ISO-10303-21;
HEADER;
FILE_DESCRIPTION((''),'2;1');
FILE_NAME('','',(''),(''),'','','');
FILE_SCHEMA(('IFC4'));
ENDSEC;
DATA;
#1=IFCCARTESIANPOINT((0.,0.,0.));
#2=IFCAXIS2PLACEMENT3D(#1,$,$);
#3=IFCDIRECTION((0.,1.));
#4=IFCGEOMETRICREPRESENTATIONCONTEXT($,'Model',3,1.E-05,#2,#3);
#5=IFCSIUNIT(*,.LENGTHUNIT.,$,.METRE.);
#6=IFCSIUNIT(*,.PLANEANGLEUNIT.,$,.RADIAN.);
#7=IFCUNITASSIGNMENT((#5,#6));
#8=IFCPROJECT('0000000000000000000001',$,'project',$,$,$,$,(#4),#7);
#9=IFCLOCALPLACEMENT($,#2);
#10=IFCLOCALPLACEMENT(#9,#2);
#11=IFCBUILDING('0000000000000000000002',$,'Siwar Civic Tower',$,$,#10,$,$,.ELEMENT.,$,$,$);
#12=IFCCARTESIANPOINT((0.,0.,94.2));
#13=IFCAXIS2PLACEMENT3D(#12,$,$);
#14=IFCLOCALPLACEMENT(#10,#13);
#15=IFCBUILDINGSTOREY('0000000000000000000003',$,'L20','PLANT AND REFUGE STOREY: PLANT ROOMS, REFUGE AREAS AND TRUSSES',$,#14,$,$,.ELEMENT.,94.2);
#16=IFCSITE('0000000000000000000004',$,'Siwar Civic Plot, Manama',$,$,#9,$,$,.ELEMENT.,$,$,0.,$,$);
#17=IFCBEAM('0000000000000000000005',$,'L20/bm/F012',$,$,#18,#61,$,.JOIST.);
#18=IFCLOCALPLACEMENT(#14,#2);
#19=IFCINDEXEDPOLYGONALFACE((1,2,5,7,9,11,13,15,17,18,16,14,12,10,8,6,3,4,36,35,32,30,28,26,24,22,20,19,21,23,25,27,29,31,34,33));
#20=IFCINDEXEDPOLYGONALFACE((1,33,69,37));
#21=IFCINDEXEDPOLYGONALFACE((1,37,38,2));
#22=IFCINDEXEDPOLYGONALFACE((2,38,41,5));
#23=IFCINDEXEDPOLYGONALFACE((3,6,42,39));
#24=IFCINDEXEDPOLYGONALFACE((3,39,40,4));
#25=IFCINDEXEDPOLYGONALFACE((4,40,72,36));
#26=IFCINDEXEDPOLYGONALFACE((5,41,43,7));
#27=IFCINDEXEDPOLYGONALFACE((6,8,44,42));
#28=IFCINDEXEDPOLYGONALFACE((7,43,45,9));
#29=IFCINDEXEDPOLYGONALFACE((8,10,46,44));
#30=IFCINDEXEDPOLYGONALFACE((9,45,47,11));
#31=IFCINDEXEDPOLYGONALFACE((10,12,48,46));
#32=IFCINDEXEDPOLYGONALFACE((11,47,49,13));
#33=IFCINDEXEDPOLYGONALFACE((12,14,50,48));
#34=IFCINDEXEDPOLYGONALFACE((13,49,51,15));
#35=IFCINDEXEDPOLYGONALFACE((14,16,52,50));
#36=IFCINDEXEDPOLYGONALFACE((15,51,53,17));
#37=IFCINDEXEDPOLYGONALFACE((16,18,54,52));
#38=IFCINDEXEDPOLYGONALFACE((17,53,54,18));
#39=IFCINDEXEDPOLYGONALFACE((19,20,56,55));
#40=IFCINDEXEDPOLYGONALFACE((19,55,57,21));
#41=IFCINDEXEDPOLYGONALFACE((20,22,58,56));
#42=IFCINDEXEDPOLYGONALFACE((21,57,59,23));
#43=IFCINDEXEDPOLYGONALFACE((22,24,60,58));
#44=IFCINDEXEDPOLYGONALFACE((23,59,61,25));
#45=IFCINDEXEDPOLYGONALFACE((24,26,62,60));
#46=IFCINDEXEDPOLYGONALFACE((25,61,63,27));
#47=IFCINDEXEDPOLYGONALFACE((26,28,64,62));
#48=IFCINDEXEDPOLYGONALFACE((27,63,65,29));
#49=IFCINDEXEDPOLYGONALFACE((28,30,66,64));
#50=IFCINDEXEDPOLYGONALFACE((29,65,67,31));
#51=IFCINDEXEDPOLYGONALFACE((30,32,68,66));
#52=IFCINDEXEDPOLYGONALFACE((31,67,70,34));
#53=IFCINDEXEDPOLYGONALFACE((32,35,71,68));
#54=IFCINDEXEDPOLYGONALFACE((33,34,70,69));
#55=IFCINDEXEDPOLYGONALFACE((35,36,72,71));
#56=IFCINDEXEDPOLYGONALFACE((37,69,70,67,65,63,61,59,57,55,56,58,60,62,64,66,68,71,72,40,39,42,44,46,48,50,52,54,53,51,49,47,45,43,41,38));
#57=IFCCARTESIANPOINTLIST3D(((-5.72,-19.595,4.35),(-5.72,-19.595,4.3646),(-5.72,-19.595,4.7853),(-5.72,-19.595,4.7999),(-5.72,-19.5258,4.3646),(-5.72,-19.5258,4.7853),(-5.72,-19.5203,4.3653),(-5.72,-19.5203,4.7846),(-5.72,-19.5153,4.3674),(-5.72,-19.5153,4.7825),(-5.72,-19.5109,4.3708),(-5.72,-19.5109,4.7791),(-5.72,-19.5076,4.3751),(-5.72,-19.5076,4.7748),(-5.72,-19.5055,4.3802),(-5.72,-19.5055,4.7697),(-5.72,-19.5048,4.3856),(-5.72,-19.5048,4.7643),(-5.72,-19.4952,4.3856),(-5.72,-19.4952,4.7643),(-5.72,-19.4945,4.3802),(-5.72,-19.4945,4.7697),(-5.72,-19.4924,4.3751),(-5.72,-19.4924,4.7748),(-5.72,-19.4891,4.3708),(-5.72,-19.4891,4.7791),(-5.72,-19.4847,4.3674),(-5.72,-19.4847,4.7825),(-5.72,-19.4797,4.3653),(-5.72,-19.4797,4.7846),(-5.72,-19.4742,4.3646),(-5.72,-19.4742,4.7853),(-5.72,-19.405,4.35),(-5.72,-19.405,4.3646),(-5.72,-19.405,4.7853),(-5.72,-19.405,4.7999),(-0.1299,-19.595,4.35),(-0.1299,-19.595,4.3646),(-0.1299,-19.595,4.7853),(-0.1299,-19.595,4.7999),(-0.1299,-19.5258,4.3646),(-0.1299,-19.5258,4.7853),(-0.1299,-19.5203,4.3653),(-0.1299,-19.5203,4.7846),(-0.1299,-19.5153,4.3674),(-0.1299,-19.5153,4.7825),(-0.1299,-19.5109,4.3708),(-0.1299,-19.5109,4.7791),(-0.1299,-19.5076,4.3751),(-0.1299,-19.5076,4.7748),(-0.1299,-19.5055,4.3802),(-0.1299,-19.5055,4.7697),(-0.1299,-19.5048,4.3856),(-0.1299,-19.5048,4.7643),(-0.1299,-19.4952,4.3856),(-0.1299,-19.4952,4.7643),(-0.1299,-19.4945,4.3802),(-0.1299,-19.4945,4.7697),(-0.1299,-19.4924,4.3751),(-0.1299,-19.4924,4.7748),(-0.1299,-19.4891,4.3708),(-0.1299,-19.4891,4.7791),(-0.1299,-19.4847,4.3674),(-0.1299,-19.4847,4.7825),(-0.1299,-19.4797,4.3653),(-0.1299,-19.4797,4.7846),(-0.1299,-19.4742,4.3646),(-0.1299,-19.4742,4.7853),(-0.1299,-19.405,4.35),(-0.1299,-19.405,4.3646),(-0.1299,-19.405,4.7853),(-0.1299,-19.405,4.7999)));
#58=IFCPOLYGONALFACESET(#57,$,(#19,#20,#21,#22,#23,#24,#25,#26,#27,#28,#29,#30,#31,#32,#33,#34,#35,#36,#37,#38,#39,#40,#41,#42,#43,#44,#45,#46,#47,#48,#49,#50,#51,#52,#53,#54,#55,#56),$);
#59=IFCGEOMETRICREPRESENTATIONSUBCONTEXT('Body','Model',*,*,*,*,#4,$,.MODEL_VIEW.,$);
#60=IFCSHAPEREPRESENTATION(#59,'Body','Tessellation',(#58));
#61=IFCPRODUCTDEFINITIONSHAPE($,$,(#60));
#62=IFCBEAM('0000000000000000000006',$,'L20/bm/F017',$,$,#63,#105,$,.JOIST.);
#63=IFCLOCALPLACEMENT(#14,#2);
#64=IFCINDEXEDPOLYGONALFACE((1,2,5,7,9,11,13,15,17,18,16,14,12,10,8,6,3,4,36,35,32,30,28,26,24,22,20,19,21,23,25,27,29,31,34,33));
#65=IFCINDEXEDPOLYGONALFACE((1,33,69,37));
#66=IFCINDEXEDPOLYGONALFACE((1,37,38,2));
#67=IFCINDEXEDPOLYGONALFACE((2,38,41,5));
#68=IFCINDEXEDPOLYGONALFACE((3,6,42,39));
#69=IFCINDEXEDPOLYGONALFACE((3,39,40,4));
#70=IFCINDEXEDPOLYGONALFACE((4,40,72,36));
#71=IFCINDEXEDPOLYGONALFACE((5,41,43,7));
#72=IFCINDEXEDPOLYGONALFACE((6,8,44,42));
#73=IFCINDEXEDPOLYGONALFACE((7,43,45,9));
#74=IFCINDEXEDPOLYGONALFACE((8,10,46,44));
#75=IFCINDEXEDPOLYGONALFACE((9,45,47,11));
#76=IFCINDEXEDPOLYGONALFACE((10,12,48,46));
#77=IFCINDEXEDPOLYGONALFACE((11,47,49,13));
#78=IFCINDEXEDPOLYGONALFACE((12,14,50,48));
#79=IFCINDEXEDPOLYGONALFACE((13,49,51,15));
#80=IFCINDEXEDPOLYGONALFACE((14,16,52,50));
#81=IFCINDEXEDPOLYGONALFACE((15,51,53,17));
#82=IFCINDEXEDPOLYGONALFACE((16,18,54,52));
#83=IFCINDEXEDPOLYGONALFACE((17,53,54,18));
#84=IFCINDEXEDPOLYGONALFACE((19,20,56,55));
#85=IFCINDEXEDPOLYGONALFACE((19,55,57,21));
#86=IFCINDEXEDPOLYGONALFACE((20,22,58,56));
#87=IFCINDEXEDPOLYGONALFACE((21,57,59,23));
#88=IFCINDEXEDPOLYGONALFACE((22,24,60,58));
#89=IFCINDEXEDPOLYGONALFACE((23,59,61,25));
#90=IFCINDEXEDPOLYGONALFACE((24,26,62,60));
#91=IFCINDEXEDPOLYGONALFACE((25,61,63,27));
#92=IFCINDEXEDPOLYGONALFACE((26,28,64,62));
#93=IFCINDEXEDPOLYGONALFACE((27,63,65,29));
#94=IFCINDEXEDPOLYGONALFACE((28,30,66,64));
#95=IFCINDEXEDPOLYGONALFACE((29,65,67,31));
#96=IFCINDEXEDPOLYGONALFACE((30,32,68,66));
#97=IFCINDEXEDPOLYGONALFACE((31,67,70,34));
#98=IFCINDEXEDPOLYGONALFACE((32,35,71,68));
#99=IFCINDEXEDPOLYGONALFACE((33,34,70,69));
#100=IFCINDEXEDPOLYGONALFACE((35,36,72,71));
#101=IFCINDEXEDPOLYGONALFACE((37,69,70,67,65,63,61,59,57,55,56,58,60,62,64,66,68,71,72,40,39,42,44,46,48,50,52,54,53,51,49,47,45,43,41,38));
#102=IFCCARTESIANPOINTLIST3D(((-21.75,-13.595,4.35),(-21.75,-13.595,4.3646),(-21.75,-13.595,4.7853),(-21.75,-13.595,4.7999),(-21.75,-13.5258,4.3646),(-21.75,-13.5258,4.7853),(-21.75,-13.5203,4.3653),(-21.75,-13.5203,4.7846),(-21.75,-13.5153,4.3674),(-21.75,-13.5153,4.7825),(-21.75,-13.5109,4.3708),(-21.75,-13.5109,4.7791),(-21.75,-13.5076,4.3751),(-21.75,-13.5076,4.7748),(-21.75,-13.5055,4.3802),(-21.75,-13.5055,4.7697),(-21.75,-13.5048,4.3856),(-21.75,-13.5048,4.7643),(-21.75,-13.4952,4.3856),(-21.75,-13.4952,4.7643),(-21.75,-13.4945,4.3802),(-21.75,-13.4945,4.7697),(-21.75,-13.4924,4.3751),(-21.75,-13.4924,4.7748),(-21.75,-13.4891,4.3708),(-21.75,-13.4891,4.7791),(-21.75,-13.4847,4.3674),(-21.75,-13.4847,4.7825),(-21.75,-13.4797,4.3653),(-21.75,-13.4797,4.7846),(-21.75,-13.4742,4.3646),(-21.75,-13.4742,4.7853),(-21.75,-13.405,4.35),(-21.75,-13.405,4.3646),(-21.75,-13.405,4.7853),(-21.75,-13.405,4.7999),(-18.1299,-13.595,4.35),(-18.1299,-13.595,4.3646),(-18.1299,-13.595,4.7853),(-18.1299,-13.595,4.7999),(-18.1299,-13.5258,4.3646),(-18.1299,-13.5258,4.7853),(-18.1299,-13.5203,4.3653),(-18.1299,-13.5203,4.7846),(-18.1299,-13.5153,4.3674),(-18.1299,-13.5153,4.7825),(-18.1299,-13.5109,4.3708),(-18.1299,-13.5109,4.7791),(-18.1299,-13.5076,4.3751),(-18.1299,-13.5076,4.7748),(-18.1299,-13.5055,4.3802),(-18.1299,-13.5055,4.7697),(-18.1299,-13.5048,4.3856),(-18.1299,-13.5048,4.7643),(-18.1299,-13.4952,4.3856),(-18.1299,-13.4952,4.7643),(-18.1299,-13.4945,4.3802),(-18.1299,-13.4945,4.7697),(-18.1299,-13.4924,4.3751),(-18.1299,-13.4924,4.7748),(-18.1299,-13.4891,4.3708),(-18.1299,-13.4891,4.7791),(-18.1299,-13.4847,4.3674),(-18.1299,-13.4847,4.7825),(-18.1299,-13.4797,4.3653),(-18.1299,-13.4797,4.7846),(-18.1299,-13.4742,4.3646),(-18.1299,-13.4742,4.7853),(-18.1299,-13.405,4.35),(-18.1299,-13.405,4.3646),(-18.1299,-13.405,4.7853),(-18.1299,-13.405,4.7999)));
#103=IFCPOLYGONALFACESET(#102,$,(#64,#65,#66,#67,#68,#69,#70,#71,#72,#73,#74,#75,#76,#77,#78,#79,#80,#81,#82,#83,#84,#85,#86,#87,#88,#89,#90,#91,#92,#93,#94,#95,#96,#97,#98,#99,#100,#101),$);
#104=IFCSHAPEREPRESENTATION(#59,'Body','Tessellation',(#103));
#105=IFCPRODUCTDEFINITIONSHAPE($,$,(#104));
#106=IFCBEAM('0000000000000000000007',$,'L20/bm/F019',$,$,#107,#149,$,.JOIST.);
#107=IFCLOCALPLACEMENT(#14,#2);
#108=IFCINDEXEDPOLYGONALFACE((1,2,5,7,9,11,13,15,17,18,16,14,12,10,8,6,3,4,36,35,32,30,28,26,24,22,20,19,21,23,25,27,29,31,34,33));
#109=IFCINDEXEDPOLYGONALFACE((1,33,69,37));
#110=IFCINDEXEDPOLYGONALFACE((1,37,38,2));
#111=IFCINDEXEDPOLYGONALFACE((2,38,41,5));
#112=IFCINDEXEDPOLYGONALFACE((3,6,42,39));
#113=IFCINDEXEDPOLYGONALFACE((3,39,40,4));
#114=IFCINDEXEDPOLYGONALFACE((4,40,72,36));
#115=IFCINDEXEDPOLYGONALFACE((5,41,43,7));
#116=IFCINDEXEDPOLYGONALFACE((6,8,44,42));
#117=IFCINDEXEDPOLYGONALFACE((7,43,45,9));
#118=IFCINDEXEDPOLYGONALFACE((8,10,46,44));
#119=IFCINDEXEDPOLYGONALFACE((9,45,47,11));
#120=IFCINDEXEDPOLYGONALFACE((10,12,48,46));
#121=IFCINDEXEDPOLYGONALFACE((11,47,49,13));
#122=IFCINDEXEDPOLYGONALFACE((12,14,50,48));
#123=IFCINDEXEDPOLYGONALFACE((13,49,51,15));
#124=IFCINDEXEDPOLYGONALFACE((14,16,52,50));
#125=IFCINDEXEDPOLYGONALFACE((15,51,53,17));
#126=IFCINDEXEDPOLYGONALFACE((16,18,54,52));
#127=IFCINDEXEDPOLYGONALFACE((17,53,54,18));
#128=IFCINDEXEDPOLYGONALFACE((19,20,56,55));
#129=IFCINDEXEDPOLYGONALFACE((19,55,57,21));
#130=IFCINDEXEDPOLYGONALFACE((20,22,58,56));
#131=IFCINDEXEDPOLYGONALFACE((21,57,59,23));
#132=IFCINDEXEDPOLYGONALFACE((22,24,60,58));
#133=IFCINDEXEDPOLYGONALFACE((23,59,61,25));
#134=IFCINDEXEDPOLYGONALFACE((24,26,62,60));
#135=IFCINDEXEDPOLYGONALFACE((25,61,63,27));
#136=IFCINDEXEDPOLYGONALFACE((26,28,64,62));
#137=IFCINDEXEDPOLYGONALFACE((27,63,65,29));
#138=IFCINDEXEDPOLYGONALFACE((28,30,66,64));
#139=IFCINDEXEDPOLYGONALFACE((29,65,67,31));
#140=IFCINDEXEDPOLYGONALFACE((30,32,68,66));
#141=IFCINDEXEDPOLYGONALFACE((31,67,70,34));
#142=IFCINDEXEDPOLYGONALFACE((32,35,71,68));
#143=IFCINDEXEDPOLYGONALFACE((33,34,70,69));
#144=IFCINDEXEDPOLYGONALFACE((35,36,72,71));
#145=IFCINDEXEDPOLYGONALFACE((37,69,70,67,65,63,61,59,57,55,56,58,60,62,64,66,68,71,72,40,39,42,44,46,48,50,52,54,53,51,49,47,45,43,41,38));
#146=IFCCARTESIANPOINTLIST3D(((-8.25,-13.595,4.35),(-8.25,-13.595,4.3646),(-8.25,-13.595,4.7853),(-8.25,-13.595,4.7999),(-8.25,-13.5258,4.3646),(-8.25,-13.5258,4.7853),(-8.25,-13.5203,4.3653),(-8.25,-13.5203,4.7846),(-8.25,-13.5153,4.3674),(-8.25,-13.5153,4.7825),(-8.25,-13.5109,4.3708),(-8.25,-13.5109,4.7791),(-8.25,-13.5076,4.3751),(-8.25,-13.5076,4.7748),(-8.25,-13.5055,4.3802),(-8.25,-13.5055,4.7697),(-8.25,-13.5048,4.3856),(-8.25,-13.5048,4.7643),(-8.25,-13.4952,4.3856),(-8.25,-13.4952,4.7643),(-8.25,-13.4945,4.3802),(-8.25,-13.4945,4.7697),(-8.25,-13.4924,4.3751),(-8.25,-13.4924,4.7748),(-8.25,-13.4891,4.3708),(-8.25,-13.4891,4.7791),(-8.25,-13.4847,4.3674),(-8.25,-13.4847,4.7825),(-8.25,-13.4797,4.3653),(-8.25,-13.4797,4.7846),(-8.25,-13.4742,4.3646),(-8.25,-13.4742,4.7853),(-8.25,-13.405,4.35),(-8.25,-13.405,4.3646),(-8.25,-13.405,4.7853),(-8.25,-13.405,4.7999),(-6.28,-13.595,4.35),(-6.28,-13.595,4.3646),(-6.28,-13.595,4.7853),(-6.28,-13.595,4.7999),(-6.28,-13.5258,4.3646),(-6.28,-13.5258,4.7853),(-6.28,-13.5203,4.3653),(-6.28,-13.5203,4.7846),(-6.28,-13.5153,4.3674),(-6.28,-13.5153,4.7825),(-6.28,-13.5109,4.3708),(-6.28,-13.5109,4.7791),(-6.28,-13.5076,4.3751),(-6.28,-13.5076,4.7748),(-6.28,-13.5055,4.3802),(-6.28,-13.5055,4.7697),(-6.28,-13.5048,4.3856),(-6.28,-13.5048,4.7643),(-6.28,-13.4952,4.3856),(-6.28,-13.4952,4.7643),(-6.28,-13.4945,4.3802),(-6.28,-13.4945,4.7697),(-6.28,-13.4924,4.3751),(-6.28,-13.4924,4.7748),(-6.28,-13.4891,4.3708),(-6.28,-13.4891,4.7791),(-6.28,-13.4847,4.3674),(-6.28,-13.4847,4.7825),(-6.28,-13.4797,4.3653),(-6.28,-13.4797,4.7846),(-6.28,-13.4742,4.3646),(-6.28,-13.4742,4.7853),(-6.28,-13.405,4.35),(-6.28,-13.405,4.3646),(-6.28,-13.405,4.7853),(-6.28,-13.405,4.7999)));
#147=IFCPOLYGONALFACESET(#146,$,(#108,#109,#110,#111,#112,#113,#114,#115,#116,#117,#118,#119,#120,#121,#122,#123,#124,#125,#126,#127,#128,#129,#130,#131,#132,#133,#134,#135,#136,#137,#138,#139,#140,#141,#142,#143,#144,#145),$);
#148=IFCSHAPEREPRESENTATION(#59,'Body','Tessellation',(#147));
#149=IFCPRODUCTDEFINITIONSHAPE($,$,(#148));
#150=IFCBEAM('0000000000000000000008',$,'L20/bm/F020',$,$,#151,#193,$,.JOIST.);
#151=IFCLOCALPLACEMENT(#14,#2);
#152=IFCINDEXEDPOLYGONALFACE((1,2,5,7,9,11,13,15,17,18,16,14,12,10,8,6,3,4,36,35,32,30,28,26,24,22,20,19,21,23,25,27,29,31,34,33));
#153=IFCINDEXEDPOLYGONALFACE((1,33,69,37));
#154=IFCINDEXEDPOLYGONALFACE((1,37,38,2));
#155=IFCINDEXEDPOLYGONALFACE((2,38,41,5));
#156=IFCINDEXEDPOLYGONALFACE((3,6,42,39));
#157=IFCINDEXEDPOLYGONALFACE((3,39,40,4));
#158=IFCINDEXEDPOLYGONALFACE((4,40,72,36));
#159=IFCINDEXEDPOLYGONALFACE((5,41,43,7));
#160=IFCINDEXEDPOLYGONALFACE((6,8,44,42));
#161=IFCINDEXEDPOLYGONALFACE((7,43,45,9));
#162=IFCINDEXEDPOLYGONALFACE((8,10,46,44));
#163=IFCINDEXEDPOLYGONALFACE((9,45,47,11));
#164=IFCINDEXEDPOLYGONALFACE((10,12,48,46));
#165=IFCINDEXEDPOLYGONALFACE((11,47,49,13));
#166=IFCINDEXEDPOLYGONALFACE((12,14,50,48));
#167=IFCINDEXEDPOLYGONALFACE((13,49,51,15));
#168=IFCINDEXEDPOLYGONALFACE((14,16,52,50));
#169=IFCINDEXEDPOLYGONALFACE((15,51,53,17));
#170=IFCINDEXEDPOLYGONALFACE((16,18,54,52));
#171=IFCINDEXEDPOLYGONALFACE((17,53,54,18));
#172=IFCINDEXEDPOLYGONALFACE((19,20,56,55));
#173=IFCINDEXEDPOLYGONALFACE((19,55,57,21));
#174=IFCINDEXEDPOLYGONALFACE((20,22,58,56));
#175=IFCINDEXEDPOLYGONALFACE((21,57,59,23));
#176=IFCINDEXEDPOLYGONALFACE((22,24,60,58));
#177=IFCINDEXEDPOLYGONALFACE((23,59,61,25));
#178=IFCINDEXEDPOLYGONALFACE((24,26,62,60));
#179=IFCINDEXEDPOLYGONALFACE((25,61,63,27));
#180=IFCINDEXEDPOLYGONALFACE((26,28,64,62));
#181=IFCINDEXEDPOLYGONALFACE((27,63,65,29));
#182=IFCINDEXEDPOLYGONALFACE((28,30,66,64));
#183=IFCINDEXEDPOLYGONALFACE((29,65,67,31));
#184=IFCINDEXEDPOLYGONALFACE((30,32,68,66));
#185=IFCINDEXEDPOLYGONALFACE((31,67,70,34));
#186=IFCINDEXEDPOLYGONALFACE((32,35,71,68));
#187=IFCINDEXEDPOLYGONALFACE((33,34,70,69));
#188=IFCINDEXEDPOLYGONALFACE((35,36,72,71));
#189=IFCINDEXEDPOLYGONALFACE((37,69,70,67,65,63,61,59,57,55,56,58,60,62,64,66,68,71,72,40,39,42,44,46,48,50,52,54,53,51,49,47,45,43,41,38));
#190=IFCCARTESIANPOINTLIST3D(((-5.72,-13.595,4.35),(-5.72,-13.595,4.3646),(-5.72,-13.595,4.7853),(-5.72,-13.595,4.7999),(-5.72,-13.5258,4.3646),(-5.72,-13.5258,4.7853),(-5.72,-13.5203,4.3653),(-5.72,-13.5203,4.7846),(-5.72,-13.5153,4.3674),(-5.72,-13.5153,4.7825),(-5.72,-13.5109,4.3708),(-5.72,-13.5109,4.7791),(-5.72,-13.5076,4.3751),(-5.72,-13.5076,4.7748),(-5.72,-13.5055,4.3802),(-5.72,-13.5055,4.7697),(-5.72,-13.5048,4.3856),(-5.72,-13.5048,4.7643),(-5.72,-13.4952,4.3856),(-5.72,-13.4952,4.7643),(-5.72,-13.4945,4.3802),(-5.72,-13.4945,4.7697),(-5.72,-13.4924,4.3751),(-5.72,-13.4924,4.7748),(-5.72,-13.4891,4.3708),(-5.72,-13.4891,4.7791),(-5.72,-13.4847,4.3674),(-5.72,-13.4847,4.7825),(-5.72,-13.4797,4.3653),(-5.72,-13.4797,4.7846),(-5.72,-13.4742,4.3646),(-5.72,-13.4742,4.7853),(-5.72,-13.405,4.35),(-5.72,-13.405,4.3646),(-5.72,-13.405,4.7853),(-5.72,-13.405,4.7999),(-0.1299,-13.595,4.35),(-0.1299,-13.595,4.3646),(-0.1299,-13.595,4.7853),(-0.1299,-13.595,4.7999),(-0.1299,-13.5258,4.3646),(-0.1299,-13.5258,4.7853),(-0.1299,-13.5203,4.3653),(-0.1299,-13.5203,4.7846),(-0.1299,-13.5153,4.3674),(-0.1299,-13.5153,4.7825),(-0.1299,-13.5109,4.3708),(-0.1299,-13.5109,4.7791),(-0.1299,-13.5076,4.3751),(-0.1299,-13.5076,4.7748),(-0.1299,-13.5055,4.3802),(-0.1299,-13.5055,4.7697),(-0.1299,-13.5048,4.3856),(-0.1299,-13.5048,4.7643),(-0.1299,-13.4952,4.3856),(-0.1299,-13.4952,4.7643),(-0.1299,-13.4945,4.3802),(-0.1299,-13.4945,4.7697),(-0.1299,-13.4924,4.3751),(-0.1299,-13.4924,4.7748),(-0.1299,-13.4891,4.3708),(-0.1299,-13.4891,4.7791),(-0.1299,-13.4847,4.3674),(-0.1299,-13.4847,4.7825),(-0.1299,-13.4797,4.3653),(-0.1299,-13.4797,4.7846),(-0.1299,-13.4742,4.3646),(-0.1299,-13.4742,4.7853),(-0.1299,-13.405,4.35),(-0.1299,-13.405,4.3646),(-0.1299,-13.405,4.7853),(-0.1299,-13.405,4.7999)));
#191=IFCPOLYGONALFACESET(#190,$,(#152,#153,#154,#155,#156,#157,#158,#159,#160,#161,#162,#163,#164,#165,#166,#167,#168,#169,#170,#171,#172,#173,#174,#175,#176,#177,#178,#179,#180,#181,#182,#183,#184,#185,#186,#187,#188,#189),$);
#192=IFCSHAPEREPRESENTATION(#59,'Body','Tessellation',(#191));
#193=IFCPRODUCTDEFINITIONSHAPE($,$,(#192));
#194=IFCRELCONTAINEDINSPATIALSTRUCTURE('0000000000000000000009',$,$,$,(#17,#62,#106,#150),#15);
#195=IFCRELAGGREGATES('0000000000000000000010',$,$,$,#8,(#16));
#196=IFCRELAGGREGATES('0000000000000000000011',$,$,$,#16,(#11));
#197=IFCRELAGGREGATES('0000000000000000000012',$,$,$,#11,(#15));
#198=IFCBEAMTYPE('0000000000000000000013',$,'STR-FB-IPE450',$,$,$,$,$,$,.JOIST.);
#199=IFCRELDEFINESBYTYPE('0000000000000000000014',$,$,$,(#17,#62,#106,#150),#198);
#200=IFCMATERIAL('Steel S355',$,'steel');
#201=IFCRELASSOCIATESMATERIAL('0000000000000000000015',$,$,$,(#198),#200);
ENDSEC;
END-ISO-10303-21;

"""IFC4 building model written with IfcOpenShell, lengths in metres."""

from ifc_helpers import new_model, si_unit, direction, frame, origin, origin_2d, place, context, subcontext, project, spatial, i_section, extrude, material, material_profile, profile_set, type_object, element, save


model = new_model("IFC4")

# Units and contexts
model_context = context("Model", 3, precision=1e-05, world=origin(), true_north=direction((0.0, 1.0)))
body_context = subcontext(model_context, "Body", "Model", "MODEL_VIEW")
ifc_project = project(units=[si_unit("LENGTHUNIT", "METRE"), si_unit("PLANEANGLEUNIT", "RADIAN")], contexts=[model_context])

# Site, building, storey
site_placement = place(None, origin())
site = spatial("IfcSite", under=ifc_project, at=site_placement, Name="Siwar Civic Plot, Manama", CompositionType="ELEMENT", RefElevation=0.0)
building_placement = place(site_placement, origin())
building = spatial("IfcBuilding", under=site, at=building_placement, Name="Siwar Civic Tower", CompositionType="ELEMENT")
storey_placement = place(building_placement, frame((0.0, 0.0, 94.2)))
storey = spatial("IfcBuildingStorey", under=building, at=storey_placement, Name="L20", Description="PLANT AND REFUGE STOREY: PLANT ROOMS, REFUGE AREAS AND TRUSSES", CompositionType="ELEMENT", Elevation=94.2)

# Beams
ifc_material_1 = material(Name="Steel S355", Category="steel")
ifc_material_profile_1 = material_profile(ifc_material_1, i_section(OverallWidth=0.1899, OverallDepth=0.45, WebThickness=0.0095, FlangeThickness=0.0146, FilletRadius=0.021, at=origin_2d()), Name="IPE450")
ifc_profile_set_1 = profile_set([ifc_material_profile_1], Name="Steel S355")
beam_type_1 = type_object("IfcBeamType", Name="STR-FB-IPE450", PredefinedType="JOIST", material=ifc_profile_set_1)
beam_1_placement = place(storey_placement, frame((-5.72, -19.5, 4.575), z_axis=(1.0, 0.0, 0.0), x_axis=(0.0, 1.0, 0.0)))
element("IfcBeam", 1, at=beam_1_placement, inside=storey, type_object=beam_type_1, Name="L20/bm/F012", PredefinedType="JOIST", context=body_context, shape_type="SweptSolid", body=[
    extrude(i_section(OverallWidth=0.1899, OverallDepth=0.45, WebThickness=0.0095, FlangeThickness=0.0146, FilletRadius=0.021, at=origin_2d()), origin(), (0.0, 0.0, 1.0), 5.5901),
])
beam_2_placement = place(storey_placement, frame((-21.75, -13.5, 4.575), z_axis=(1.0, 0.0, 0.0), x_axis=(0.0, 1.0, 0.0)))
element("IfcBeam", 2, at=beam_2_placement, inside=storey, type_object=beam_type_1, Name="L20/bm/F017", PredefinedType="JOIST", context=body_context, shape_type="SweptSolid", body=[
    extrude(i_section(OverallWidth=0.1899, OverallDepth=0.45, WebThickness=0.0095, FlangeThickness=0.0146, FilletRadius=0.021, at=origin_2d()), origin(), (0.0, 0.0, 1.0), 3.6201),
])
beam_3_placement = place(storey_placement, frame((-8.25, -13.5, 4.575), z_axis=(1.0, 0.0, 0.0), x_axis=(0.0, 1.0, 0.0)))
element("IfcBeam", 3, at=beam_3_placement, inside=storey, type_object=beam_type_1, Name="L20/bm/F019", PredefinedType="JOIST", context=body_context, shape_type="SweptSolid", body=[
    extrude(i_section(OverallWidth=0.1899, OverallDepth=0.45, WebThickness=0.0095, FlangeThickness=0.0146, FilletRadius=0.021, at=origin_2d()), origin(), (0.0, 0.0, 1.0), 1.97),
])
beam_4_placement = place(storey_placement, frame((-5.72, -13.5, 4.575), z_axis=(1.0, 0.0, 0.0), x_axis=(0.0, 1.0, 0.0)))
element("IfcBeam", 4, at=beam_4_placement, inside=storey, type_object=beam_type_1, Name="L20/bm/F020", PredefinedType="JOIST", context=body_context, shape_type="SweptSolid", body=[
    extrude(i_section(OverallWidth=0.1899, OverallDepth=0.45, WebThickness=0.0095, FlangeThickness=0.0146, FilletRadius=0.021, at=origin_2d()), origin(), (0.0, 0.0, 1.0), 5.5901),
])

save(model, "model.ifc")
